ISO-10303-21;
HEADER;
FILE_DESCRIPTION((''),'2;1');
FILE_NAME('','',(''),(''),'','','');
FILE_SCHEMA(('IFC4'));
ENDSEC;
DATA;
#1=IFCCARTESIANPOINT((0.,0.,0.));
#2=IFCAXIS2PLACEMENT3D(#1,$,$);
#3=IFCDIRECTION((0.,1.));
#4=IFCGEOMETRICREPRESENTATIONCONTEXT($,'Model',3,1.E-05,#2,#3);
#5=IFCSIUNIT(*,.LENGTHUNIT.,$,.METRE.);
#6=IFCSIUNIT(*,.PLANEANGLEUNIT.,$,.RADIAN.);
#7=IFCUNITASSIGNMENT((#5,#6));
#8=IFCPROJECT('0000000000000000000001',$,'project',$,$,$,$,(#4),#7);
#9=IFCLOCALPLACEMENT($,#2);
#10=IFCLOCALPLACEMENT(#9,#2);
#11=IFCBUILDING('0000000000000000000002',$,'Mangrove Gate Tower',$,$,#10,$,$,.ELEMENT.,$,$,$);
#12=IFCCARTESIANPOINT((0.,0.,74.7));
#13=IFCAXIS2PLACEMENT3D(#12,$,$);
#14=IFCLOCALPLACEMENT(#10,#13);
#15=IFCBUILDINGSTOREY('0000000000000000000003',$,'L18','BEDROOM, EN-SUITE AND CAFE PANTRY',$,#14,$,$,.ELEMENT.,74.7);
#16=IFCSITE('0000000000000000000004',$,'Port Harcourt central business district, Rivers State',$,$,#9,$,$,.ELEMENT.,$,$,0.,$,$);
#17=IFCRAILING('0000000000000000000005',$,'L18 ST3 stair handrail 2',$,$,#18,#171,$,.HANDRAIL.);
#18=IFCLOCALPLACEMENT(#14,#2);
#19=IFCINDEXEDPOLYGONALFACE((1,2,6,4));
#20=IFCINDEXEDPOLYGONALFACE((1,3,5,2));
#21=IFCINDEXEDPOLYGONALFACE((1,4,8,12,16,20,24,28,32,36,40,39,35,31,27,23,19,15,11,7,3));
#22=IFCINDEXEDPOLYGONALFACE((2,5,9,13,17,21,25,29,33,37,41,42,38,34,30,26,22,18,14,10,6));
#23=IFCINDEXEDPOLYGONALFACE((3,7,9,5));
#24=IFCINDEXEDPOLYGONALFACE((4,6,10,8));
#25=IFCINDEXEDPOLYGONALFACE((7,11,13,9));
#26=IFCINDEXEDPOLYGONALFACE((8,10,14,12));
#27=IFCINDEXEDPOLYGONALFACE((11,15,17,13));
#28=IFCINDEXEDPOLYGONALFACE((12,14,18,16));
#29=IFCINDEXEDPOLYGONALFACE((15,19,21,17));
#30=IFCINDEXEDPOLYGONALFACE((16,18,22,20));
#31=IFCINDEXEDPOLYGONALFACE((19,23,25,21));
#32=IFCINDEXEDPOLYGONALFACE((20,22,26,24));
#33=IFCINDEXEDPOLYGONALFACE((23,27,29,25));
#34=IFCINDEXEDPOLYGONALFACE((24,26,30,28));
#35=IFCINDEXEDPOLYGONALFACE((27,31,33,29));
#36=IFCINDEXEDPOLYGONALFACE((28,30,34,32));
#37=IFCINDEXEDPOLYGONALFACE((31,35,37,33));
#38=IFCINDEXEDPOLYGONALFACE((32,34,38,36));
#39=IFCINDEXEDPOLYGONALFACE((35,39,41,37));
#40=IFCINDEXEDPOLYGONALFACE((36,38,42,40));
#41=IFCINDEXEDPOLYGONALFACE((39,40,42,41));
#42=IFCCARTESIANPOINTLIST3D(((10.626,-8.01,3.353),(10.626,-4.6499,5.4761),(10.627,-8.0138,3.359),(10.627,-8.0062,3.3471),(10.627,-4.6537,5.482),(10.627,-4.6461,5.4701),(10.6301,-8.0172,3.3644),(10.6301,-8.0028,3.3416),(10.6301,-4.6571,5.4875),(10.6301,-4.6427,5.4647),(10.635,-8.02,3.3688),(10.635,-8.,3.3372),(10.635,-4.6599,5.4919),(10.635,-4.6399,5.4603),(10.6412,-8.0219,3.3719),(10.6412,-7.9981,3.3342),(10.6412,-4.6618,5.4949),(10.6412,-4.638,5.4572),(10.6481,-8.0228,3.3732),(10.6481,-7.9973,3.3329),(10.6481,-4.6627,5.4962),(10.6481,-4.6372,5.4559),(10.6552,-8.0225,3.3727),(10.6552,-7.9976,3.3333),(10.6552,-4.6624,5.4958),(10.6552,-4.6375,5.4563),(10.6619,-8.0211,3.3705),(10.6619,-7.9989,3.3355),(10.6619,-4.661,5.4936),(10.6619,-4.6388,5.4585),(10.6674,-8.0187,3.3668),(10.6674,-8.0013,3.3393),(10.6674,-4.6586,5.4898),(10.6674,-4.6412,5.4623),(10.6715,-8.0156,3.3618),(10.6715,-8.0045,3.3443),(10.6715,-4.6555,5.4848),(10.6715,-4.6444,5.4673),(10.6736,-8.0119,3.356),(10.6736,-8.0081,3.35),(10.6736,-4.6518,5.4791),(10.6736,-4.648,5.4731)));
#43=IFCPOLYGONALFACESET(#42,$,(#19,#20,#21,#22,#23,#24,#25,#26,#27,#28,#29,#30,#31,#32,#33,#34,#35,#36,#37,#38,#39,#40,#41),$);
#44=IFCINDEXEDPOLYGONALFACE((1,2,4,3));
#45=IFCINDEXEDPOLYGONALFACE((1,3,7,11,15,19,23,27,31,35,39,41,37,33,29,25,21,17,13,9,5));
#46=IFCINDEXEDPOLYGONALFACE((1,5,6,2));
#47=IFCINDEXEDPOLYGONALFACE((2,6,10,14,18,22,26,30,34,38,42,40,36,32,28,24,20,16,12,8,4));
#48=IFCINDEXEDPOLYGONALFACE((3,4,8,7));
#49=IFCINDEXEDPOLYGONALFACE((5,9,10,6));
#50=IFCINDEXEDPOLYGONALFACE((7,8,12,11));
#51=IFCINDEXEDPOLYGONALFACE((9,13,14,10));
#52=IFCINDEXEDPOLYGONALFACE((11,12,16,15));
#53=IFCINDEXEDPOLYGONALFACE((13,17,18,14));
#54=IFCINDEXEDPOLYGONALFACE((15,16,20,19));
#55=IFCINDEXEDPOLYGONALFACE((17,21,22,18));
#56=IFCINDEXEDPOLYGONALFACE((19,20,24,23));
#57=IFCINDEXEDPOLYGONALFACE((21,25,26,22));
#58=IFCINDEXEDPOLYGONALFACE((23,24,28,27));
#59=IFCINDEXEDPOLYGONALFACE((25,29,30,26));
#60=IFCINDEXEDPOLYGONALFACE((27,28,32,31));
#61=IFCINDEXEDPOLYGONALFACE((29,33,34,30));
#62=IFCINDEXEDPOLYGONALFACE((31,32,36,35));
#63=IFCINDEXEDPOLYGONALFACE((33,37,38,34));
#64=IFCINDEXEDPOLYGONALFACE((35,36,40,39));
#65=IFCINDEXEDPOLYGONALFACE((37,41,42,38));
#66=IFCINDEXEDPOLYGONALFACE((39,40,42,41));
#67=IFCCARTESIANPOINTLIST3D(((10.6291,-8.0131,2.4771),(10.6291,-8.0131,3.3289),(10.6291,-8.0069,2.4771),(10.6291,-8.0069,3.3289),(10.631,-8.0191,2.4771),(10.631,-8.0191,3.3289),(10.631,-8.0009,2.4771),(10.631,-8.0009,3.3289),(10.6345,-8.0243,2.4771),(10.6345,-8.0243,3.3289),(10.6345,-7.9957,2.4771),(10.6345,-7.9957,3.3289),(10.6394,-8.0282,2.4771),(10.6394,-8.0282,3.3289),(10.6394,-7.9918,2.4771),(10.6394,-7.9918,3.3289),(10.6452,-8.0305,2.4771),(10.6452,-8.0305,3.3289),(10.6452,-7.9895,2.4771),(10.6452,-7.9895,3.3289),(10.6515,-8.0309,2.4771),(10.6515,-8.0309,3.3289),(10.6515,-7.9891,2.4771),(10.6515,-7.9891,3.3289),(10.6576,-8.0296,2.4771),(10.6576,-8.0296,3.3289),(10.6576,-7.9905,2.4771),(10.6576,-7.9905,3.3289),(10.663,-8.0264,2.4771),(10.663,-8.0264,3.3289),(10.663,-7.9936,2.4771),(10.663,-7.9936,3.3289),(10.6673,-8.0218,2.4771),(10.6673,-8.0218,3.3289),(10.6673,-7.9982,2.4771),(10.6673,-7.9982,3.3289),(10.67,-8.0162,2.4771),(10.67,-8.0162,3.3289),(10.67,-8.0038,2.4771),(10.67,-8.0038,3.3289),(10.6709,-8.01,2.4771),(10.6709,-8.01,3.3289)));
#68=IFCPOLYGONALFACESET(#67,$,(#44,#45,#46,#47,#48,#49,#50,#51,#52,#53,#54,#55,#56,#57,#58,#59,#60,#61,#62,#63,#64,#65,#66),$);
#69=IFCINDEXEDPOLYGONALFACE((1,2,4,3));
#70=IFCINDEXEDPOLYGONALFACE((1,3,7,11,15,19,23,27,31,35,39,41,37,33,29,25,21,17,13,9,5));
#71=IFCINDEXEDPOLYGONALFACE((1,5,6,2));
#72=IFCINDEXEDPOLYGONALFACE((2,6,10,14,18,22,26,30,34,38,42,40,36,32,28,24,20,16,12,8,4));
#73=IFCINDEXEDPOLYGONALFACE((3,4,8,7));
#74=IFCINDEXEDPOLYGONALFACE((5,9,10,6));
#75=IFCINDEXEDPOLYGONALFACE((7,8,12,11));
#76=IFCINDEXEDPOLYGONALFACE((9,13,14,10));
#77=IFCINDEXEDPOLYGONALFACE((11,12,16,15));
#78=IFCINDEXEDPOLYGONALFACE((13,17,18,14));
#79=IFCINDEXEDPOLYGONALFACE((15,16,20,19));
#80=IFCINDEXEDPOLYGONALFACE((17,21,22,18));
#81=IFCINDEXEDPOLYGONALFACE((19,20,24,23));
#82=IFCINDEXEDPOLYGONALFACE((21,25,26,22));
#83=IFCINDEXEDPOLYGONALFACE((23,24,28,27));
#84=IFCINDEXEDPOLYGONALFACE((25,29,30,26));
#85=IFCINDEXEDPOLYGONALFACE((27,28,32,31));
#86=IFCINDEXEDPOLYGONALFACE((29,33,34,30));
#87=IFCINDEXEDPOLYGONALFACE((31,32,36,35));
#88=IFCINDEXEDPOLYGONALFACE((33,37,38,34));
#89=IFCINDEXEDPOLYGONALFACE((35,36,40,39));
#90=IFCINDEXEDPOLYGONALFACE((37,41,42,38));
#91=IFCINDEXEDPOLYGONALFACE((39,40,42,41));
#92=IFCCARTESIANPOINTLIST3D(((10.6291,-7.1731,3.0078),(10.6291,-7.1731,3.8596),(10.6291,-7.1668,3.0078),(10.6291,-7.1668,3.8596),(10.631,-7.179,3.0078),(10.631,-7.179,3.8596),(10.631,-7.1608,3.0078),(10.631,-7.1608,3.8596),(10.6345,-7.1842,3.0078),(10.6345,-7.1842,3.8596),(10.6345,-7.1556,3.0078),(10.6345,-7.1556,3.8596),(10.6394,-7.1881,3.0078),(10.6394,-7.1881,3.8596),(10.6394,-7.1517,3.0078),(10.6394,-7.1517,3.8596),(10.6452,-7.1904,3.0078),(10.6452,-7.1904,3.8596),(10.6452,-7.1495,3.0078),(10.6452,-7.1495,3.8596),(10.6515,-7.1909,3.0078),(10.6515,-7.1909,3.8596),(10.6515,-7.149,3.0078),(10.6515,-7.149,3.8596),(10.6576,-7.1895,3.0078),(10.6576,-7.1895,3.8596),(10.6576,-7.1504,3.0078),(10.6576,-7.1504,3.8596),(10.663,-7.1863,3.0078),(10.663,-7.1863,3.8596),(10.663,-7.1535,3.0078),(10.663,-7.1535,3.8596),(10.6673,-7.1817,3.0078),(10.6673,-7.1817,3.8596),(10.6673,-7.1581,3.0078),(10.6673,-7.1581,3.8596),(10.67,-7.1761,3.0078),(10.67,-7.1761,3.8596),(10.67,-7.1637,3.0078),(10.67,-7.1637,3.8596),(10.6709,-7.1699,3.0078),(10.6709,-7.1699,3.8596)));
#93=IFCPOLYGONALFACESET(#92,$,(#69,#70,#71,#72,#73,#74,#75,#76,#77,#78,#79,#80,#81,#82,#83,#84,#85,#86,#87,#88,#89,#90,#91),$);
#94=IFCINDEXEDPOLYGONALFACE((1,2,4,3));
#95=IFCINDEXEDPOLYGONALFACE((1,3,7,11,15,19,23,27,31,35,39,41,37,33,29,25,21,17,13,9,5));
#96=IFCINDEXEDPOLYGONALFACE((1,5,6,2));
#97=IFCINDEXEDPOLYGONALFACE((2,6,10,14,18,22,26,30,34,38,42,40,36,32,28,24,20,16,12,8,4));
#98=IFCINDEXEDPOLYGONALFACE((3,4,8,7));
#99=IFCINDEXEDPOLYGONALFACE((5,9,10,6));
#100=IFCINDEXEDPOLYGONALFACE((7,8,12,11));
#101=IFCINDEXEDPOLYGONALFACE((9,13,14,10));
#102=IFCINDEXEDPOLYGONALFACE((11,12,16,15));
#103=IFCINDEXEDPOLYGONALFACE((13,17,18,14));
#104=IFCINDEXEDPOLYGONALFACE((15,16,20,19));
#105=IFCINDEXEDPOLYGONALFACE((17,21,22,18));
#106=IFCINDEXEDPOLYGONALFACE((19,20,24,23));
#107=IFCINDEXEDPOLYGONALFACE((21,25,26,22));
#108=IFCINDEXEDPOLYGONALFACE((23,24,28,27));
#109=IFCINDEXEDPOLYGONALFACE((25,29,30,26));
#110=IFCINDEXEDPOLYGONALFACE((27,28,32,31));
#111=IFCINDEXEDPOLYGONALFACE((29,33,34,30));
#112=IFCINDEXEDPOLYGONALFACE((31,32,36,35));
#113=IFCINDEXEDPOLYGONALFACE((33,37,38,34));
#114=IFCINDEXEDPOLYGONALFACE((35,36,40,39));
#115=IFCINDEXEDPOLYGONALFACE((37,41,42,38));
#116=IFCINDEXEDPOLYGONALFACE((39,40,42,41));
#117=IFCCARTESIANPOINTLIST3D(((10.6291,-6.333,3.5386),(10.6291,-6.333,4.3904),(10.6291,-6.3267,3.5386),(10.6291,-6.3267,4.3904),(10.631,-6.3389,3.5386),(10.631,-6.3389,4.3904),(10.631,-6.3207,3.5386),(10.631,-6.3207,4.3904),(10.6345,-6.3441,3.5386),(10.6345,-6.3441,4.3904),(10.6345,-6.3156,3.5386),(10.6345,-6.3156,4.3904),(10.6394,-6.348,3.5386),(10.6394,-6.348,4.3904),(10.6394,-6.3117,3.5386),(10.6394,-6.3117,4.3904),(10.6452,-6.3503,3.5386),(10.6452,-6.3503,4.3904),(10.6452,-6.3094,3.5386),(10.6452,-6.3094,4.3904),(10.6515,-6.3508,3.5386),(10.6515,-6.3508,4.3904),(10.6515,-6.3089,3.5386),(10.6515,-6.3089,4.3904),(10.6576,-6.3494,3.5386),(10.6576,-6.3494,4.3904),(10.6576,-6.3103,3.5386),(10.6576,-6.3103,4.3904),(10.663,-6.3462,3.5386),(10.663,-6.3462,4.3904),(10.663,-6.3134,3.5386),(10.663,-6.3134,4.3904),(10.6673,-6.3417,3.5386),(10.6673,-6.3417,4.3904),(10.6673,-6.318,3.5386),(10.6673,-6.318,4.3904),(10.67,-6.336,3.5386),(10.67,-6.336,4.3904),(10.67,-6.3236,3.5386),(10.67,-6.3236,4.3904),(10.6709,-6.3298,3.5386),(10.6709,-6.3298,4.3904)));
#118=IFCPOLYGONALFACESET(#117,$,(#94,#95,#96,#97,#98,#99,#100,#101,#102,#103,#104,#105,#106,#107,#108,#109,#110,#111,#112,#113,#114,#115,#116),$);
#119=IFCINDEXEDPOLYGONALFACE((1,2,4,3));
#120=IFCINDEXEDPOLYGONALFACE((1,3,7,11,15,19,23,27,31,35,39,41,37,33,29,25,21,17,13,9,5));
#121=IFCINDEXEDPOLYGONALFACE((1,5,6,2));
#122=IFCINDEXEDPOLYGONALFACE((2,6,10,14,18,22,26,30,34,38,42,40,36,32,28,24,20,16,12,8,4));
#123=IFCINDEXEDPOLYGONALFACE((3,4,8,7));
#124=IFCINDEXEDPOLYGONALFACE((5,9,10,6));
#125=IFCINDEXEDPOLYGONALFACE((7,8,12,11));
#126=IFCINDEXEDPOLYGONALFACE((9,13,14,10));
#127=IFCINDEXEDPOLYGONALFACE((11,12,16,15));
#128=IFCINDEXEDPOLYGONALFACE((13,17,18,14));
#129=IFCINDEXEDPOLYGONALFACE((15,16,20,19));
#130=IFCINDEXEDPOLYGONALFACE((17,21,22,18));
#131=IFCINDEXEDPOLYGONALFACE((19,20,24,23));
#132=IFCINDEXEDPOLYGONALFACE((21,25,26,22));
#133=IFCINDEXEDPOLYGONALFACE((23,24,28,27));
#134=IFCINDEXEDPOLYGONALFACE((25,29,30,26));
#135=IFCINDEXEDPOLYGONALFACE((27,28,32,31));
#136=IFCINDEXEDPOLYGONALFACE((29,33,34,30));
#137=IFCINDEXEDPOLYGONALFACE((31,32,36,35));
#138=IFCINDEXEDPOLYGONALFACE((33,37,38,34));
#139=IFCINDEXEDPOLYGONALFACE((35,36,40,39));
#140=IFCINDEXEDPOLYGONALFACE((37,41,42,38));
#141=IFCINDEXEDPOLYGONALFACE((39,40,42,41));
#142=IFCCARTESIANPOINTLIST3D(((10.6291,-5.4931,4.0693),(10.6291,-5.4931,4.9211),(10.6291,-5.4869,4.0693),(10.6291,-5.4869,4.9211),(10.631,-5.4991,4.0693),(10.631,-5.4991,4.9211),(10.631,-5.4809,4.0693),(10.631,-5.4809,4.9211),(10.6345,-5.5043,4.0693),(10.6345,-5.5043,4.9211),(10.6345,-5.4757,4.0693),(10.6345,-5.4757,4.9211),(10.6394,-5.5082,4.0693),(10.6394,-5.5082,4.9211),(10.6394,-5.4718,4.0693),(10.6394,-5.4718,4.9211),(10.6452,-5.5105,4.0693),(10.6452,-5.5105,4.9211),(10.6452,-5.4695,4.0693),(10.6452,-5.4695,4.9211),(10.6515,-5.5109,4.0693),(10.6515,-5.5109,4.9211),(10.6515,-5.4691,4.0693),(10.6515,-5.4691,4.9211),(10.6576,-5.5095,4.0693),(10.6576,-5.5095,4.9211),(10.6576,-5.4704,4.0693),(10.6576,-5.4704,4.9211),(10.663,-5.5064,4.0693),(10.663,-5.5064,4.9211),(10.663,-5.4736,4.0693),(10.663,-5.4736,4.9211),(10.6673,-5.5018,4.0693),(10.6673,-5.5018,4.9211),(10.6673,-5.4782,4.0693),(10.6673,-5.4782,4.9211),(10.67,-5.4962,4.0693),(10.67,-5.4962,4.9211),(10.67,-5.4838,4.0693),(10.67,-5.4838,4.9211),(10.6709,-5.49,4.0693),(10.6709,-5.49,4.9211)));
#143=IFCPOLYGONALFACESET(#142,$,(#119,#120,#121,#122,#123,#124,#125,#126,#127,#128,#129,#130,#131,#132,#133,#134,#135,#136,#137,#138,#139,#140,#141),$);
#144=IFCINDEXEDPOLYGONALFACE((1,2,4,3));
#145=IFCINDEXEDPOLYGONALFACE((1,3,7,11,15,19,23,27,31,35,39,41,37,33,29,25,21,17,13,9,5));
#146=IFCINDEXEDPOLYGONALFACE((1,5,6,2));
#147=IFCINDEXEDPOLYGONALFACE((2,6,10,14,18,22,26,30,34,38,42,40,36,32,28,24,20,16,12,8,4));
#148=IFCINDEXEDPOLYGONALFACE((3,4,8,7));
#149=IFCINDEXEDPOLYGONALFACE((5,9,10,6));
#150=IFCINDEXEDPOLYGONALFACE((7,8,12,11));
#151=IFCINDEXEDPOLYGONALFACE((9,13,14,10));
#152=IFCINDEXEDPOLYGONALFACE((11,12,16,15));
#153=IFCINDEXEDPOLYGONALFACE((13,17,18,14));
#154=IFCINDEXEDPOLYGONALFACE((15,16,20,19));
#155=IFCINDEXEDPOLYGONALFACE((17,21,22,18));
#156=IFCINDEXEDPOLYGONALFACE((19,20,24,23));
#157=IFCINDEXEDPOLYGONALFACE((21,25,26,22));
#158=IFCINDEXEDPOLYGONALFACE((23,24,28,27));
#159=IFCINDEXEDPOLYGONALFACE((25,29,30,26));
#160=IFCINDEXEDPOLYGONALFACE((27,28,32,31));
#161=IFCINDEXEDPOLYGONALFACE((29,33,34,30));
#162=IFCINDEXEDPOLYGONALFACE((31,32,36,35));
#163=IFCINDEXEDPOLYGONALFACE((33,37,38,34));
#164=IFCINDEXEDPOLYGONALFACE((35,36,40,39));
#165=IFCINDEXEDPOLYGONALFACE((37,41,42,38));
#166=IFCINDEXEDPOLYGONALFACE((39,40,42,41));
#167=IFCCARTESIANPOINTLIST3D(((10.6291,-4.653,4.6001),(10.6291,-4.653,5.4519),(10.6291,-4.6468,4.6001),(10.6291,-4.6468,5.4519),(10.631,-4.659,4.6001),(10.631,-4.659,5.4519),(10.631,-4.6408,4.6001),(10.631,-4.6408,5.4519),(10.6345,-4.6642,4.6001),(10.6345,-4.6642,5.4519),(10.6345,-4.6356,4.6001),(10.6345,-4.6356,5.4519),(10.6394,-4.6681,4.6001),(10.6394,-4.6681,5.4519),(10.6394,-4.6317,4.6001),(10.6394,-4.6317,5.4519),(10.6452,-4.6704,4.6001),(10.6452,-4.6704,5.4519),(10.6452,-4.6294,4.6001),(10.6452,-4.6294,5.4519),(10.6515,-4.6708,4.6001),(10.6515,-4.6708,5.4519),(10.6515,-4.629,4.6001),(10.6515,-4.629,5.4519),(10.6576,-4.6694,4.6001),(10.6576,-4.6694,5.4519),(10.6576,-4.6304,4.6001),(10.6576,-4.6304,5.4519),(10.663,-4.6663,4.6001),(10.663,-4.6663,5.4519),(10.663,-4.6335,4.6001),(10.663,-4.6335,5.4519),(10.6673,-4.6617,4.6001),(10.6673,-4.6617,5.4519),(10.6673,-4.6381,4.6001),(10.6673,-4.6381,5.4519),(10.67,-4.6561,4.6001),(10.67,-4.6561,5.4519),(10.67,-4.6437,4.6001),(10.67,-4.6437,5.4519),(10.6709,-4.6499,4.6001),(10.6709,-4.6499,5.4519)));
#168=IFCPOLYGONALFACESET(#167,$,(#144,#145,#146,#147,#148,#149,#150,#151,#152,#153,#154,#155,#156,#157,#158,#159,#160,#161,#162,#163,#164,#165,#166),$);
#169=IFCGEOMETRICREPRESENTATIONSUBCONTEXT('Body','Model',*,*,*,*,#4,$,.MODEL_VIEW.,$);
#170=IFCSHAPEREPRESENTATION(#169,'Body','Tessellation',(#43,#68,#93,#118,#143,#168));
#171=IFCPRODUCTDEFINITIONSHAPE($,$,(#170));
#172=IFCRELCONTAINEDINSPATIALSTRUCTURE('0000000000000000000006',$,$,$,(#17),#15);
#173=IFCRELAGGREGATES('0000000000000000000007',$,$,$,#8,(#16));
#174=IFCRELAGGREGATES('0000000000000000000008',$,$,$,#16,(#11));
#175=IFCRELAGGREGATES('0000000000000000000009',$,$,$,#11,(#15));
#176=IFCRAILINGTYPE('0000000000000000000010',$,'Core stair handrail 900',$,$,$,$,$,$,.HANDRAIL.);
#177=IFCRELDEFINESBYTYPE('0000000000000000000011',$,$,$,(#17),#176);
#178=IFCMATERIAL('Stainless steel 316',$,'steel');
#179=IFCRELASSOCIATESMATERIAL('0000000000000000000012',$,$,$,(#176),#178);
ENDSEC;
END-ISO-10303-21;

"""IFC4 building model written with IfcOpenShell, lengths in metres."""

from ifc_helpers import new_model, si_unit, direction, frame, origin, origin_2d, place, context, subcontext, project, spatial, circle, extrude, material, type_object, element, save


model = new_model("IFC4")

# Units and contexts
model_context = context("Model", 3, precision=1e-05, world=origin(), true_north=direction((0.0, 1.0)))
body_context = subcontext(model_context, "Body", "Model", "MODEL_VIEW")
ifc_project = project(units=[si_unit("LENGTHUNIT", "METRE"), si_unit("PLANEANGLEUNIT", "RADIAN")], contexts=[model_context])

# Site, building, storey
site_placement = place(None, origin())
site = spatial("IfcSite", under=ifc_project, at=site_placement, Name="Port Harcourt central business district, Rivers State", CompositionType="ELEMENT", RefElevation=0.0)
building_placement = place(site_placement, origin())
building = spatial("IfcBuilding", under=site, at=building_placement, Name="Mangrove Gate Tower", CompositionType="ELEMENT")
storey_placement = place(building_placement, frame((0.0, 0.0, 74.7)))
storey = spatial("IfcBuildingStorey", under=building, at=storey_placement, Name="L18", Description="BEDROOM, EN-SUITE AND CAFE PANTRY", CompositionType="ELEMENT", Elevation=74.7)

# Railing
ifc_material_1 = material(Name="Stainless steel 316", Category="steel")
railing_type_1 = type_object("IfcRailingType", Name="Core stair handrail 900", PredefinedType="HANDRAIL", material=ifc_material_1)
railing_1_placement = place(storey_placement, frame((10.6499, -8.01, 2.4771)))
element("IfcRailing", 1, at=railing_1_placement, inside=storey, type_object=railing_type_1, Name="L18 ST3 stair handrail 2", PredefinedType="HANDRAIL", context=body_context, shape_type="SweptSolid", body=[
    extrude(circle(Radius=0.0239, at=origin_2d()), frame((0.0, 0.0, 0.876), z_axis=(0.0, 0.84539, 0.53415), x_axis=(-1.0, 0.0, 0.0)), (0.0, 0.0, 1.0), 3.9746),
    extrude(circle(Radius=0.021, at=origin_2d()), origin(), (0.0, 0.0, 1.0), 0.8518),
    extrude(circle(Radius=0.021, at=origin_2d()), frame((0.0, 0.8401, 0.5308)), (0.0, 0.0, 1.0), 0.8518),
    extrude(circle(Radius=0.021, at=origin_2d()), frame((0.0, 1.6802, 1.0615)), (0.0, 0.0, 1.0), 0.8518),
    extrude(circle(Radius=0.021, at=origin_2d()), frame((0.0, 2.52, 1.5923)), (0.0, 0.0, 1.0), 0.8518),
    extrude(circle(Radius=0.021, at=origin_2d()), frame((0.0, 3.3601, 2.123)), (0.0, 0.0, 1.0), 0.8518),
])

save(model, "model.ifc")
